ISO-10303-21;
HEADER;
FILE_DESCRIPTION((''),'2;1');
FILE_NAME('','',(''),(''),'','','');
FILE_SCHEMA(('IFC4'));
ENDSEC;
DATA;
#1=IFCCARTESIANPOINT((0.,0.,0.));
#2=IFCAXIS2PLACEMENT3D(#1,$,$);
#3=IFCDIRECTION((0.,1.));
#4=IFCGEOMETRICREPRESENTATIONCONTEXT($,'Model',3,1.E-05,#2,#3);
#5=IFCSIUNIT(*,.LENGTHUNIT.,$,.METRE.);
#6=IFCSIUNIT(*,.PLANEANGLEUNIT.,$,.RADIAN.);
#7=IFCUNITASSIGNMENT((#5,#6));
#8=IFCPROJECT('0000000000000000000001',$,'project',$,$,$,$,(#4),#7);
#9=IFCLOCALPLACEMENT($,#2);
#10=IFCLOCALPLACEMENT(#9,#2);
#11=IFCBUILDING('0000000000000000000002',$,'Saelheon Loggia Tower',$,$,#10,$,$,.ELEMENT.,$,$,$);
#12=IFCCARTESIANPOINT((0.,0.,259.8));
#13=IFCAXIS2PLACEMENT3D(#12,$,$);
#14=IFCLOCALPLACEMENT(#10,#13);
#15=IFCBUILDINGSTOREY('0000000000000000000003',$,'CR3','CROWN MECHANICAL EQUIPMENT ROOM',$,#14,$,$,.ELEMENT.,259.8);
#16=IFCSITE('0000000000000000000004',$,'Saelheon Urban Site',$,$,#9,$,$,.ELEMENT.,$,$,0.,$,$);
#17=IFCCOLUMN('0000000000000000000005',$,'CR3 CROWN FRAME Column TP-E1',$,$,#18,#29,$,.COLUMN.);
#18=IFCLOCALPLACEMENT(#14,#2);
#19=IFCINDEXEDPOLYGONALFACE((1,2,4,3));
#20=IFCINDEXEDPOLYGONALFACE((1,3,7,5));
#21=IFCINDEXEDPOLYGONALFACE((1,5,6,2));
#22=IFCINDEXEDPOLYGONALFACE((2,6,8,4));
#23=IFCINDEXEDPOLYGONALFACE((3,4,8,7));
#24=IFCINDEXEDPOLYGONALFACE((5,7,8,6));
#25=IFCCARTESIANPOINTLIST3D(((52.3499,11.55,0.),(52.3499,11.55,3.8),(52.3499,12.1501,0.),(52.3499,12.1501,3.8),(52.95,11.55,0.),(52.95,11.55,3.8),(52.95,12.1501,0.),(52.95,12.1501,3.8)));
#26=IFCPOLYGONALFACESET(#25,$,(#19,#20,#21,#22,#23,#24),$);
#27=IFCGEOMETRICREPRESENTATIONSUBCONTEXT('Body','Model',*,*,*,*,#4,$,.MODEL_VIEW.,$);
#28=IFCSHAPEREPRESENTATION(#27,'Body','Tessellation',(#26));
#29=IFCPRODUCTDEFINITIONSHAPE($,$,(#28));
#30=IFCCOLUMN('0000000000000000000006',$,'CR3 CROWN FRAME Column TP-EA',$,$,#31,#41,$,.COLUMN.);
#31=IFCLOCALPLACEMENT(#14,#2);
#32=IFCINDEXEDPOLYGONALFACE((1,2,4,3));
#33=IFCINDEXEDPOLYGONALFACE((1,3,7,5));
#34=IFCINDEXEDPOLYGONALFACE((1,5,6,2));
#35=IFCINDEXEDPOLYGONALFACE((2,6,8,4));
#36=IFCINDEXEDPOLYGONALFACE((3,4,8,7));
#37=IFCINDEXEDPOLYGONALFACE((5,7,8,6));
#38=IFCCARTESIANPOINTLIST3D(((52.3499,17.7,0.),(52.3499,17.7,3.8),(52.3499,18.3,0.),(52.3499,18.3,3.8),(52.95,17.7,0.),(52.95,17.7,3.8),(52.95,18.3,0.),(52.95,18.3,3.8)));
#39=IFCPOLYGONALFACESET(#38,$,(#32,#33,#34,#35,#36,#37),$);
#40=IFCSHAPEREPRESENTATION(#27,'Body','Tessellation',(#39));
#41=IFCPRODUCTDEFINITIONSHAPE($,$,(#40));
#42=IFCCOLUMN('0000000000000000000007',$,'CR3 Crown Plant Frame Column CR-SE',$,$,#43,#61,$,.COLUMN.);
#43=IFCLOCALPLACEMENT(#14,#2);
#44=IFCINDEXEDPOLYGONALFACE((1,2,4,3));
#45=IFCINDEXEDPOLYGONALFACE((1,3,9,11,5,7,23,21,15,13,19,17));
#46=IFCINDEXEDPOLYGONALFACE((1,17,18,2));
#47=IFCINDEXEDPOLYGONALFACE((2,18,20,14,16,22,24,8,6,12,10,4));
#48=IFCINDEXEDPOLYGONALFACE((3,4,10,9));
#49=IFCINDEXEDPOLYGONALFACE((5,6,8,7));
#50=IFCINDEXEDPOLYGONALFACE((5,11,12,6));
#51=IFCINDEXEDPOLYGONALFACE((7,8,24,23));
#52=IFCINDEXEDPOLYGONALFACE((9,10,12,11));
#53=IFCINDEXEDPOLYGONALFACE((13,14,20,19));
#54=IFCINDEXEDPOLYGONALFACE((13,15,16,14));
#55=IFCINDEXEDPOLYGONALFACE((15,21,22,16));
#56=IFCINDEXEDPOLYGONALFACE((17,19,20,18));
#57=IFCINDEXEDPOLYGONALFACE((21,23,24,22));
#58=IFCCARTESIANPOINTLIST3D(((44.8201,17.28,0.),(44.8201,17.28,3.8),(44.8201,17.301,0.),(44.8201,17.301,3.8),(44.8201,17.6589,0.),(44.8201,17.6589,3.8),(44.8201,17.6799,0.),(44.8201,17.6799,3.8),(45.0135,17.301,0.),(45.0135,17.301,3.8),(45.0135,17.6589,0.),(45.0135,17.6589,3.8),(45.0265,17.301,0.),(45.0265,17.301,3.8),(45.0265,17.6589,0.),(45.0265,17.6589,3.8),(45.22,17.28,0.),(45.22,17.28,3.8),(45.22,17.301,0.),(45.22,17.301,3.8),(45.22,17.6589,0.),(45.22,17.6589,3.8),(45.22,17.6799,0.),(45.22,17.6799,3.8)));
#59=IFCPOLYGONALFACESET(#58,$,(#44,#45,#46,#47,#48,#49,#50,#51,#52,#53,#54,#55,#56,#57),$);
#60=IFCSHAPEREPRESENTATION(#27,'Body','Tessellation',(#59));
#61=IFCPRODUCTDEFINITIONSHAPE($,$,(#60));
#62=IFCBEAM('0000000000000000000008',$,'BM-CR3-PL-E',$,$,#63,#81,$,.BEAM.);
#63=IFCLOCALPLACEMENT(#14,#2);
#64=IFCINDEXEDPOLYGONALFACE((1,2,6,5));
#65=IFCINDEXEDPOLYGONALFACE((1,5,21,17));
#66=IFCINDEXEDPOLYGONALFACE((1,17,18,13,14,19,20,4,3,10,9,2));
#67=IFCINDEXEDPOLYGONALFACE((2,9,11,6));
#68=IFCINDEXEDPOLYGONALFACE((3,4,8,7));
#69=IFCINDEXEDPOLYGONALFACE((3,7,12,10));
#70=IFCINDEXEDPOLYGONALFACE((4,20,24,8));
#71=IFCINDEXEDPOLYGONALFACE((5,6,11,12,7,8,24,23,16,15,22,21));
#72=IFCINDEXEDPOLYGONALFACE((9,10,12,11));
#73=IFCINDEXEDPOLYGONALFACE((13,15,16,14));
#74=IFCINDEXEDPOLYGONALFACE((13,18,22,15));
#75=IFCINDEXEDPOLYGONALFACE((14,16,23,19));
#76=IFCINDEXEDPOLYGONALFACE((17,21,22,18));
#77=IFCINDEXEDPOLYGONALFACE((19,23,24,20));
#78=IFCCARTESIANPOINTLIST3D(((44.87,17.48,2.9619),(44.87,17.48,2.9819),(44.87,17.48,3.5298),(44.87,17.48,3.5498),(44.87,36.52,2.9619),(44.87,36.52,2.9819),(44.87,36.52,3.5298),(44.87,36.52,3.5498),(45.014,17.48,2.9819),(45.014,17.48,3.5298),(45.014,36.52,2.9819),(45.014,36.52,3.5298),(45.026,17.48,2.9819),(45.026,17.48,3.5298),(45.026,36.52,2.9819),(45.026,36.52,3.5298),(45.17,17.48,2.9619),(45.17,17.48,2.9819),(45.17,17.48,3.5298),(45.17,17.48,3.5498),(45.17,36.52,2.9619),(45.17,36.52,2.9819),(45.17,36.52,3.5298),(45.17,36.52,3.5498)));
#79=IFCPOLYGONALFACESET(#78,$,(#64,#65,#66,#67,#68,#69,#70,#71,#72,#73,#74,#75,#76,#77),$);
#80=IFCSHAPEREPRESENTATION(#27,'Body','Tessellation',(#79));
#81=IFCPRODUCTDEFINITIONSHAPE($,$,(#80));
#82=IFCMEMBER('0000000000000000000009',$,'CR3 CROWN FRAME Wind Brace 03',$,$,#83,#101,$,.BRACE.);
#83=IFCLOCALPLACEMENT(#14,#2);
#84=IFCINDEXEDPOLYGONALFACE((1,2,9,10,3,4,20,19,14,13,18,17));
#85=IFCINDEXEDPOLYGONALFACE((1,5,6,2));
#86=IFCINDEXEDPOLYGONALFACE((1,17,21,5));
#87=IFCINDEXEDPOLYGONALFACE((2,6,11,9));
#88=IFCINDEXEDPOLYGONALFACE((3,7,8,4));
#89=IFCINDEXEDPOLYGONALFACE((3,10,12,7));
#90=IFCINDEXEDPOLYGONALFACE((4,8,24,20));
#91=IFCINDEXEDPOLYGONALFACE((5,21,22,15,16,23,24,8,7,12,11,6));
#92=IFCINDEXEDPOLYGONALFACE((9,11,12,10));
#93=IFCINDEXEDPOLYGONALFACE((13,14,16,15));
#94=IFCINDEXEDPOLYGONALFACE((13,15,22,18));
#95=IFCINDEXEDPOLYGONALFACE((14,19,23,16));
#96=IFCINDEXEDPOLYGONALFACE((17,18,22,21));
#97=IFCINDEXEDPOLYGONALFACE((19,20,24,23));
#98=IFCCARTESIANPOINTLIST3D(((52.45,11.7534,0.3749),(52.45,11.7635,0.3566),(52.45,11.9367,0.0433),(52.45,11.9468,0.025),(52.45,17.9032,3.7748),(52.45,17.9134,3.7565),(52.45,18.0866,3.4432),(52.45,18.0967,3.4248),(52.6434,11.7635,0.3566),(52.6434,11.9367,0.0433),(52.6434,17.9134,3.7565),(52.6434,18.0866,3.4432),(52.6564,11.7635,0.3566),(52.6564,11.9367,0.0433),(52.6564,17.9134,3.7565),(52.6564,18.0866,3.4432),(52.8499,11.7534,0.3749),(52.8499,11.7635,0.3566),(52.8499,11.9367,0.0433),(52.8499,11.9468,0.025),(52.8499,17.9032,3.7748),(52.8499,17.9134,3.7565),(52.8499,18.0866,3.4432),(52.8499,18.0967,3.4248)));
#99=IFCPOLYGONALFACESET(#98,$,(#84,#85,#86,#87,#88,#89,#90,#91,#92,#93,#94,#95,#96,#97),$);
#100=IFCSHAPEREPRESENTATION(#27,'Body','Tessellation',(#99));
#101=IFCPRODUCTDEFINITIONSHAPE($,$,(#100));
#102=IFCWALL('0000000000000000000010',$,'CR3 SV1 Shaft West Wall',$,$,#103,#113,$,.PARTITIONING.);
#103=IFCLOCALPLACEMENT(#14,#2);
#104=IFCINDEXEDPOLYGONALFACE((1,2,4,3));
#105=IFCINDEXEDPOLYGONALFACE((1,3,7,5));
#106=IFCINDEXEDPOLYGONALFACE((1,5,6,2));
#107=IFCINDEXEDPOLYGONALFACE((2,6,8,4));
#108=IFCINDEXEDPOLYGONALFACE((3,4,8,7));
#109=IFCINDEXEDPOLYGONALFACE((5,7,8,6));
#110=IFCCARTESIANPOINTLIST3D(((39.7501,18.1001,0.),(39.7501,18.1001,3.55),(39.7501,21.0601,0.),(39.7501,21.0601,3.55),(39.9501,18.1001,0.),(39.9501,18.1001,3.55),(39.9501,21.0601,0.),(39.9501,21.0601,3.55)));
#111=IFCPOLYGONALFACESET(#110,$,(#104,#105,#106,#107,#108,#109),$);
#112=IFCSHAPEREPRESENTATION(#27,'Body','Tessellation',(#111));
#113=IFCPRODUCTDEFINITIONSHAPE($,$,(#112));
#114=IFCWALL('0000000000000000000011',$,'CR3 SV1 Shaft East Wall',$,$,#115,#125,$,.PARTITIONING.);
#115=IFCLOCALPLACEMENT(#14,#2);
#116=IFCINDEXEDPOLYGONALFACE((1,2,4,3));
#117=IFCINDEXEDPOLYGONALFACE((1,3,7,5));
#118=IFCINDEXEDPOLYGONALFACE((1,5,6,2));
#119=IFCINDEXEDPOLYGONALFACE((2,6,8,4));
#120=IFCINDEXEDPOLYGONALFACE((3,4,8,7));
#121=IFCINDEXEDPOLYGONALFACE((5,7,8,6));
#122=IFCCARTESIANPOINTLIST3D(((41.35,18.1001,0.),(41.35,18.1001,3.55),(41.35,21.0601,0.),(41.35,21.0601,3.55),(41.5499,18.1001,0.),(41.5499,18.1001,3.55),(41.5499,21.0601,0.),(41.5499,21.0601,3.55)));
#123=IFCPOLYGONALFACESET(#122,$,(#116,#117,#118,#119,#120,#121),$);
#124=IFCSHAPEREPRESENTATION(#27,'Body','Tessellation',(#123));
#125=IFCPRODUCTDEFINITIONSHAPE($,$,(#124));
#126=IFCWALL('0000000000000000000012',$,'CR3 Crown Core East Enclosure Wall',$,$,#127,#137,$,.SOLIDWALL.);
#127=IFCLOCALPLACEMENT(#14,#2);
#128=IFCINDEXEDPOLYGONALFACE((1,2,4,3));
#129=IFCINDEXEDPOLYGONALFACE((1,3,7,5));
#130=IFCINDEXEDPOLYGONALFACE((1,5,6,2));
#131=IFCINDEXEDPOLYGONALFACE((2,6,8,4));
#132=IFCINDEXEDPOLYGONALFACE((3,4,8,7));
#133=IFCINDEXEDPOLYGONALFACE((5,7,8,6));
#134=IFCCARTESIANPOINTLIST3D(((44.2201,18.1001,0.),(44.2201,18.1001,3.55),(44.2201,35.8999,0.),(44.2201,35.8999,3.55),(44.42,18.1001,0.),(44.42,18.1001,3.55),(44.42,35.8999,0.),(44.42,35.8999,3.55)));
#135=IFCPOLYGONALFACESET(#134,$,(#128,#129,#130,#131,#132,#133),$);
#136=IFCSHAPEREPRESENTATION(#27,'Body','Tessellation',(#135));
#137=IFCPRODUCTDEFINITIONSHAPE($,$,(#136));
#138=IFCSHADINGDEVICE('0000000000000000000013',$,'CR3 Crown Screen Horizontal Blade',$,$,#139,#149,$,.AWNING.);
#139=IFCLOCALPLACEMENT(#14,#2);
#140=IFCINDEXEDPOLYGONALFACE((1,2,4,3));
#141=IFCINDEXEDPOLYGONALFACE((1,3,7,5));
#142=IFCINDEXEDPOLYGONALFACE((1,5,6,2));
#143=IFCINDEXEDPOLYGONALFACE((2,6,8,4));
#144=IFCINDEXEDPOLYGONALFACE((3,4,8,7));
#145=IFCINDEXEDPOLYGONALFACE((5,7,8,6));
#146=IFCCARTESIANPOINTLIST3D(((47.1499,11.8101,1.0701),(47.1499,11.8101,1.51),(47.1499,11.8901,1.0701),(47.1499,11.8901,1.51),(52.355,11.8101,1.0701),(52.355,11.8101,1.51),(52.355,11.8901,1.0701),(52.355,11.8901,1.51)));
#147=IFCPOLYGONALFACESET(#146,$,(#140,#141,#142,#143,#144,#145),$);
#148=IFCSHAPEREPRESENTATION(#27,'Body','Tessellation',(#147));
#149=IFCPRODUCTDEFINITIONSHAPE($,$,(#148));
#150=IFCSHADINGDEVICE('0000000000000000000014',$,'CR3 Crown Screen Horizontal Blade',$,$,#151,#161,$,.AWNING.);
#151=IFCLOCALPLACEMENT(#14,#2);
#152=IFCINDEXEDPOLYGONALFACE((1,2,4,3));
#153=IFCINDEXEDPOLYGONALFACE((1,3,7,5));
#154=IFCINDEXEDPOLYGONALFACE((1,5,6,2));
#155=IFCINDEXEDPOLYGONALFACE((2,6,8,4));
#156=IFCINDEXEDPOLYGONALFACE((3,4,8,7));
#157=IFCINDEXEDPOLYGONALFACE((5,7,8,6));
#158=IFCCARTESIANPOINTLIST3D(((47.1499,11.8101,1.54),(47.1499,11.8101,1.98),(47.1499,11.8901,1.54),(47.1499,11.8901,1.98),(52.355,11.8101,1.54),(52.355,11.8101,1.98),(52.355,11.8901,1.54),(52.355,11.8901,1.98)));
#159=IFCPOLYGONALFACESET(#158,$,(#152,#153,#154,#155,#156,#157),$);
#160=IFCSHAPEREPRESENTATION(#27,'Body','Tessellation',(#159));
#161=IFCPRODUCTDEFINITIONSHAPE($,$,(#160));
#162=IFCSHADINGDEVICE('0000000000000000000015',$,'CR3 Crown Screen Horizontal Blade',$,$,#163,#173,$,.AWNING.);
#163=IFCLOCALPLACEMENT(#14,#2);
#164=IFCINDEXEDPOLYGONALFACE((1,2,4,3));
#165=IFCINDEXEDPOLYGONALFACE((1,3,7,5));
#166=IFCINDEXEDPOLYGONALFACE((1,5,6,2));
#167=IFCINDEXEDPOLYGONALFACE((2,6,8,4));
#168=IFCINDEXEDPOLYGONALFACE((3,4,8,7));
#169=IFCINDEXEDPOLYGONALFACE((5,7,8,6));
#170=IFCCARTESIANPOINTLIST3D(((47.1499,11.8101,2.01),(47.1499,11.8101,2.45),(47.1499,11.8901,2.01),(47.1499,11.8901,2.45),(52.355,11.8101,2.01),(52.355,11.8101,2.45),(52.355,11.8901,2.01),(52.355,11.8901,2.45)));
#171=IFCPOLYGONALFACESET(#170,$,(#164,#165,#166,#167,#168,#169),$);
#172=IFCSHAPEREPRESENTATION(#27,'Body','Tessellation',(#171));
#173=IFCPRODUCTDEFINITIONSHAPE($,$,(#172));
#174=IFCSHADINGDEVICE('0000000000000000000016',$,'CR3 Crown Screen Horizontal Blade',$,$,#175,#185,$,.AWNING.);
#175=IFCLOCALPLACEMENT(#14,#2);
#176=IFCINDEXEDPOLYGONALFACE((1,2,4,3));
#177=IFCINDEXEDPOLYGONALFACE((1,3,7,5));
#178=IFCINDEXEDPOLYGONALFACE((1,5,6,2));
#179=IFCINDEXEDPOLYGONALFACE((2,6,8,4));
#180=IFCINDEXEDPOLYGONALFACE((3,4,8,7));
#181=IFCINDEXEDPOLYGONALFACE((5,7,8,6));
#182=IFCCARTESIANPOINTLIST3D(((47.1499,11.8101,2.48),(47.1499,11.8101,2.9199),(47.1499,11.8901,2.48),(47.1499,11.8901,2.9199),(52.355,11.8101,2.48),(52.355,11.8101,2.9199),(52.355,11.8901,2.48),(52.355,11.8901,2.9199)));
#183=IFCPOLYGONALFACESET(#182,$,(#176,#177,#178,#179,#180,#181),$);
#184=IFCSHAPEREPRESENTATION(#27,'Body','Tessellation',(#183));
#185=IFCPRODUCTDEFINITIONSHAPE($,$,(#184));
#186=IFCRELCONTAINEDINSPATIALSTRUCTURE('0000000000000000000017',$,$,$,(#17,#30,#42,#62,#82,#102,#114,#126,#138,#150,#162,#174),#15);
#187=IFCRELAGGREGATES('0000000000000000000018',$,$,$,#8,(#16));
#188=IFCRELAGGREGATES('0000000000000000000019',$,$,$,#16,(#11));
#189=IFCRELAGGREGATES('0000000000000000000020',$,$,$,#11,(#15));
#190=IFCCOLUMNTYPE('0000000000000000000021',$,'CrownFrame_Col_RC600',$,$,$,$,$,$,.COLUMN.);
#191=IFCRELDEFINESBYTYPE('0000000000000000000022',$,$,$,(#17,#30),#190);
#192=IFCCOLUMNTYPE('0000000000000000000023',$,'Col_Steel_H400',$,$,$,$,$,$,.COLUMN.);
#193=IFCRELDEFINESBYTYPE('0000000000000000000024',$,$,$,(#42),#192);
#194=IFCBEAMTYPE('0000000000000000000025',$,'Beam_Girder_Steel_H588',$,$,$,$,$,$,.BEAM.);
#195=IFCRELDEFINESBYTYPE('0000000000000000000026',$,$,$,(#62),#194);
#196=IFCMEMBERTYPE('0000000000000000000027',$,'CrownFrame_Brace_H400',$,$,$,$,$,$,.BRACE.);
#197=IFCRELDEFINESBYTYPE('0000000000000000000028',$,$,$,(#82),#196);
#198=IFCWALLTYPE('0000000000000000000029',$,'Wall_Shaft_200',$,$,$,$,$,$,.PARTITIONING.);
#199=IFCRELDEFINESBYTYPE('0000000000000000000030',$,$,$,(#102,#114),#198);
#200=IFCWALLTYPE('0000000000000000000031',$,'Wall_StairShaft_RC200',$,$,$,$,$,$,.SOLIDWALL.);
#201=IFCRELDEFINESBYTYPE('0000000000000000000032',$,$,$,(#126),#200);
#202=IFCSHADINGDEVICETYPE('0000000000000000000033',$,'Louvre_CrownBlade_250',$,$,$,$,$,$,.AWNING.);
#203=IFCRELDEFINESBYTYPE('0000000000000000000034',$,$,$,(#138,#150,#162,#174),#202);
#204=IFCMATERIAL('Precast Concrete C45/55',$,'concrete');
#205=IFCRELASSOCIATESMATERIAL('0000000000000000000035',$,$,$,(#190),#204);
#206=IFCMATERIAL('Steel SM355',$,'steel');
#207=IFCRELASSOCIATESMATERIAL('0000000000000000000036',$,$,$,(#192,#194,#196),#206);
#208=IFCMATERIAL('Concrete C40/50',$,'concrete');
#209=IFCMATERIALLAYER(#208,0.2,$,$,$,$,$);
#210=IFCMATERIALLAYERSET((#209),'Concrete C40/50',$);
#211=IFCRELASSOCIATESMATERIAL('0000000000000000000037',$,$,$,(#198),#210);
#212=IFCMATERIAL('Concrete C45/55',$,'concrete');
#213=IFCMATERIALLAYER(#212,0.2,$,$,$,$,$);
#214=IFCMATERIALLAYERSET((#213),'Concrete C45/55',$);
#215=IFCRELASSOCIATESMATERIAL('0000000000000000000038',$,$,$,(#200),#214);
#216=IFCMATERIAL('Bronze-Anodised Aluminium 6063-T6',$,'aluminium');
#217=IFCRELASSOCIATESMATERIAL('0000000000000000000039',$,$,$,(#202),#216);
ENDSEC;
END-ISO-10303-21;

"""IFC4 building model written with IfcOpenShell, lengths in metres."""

from ifc_helpers import new_model, si_unit, direction, frame, frame_2d, origin, origin_2d, place, context, subcontext, project, spatial, rectangle, i_section, extrude, source, transform, mapped, material, layer, layer_set, material_profile, profile_set, type_object, element, save


model = new_model("IFC4")

# Units and contexts
model_context = context("Model", 3, precision=1e-05, world=origin(), true_north=direction((0.0, 1.0)))
body_context = subcontext(model_context, "Body", "Model", "MODEL_VIEW")
ifc_project = project(units=[si_unit("LENGTHUNIT", "METRE"), si_unit("PLANEANGLEUNIT", "RADIAN")], contexts=[model_context])

# Site, building, storey
site_placement = place(None, origin())
site = spatial("IfcSite", under=ifc_project, at=site_placement, Name="Saelheon Urban Site", CompositionType="ELEMENT", RefElevation=0.0)
building_placement = place(site_placement, origin())
building = spatial("IfcBuilding", under=site, at=building_placement, Name="Saelheon Loggia Tower", CompositionType="ELEMENT")
storey_placement = place(building_placement, frame((0.0, 0.0, 259.8)))
storey = spatial("IfcBuildingStorey", under=building, at=storey_placement, Name="CR3", Description="CROWN MECHANICAL EQUIPMENT ROOM", CompositionType="ELEMENT", Elevation=259.8)

# Columns
ifc_material_1 = material(Name="Precast Concrete C45/55", Category="concrete")
ifc_material_profile_1 = material_profile(ifc_material_1, rectangle(XDim=0.6001, YDim=0.6001, at=origin_2d()), Name="RC-600x600")
ifc_profile_set_1 = profile_set([ifc_material_profile_1], Name="Precast Concrete C45/55")
column_type_1 = type_object("IfcColumnType", Name="CrownFrame_Col_RC600", PredefinedType="COLUMN", material=ifc_profile_set_1)
shared_shape_1 = source(origin(), body_context, "Body", "SweptSolid", [
    extrude(rectangle(XDim=0.6001, YDim=0.6001, at=origin_2d()), origin(), (0.0, 0.0, 1.0), 3.8),
])
for number, where, z_axis, x_axis, name in (
    (1, (52.6499, 11.8501, 0.0), (0.0, 0.0, 1.0), (1.0, 0.0, 0.0), "CR3 CROWN FRAME Column TP-E1"),
    (2, (52.6499, 18.0, 0.0), (0.0, 0.0, 1.0), (1.0, 0.0, 0.0), "CR3 CROWN FRAME Column TP-EA"),
):
    element("IfcColumn", number, at=place(storey_placement, frame(where, z_axis=z_axis, x_axis=x_axis)), inside=storey, type_object=column_type_1, Name=name, PredefinedType="COLUMN", context=body_context, shape_type="MappedRepresentation", body=[
        mapped(shared_shape_1, transform((0.0, 0.0, 0.0), scale=1.0)),
    ])
ifc_material_2 = material(Name="Steel SM355", Category="steel")
ifc_material_profile_2 = material_profile(ifc_material_2, i_section(OverallWidth=0.3999, OverallDepth=0.3999, WebThickness=0.0129, FlangeThickness=0.021, at=origin_2d()), Name="H-400x400x13x21")
ifc_profile_set_2 = profile_set([ifc_material_profile_2], Name="Steel SM355")
column_type_2 = type_object("IfcColumnType", Name="Col_Steel_H400", PredefinedType="COLUMN", material=ifc_profile_set_2)
shared_shape_2 = source(origin(), body_context, "Body", "SweptSolid", [
    extrude(i_section(OverallWidth=0.3999, OverallDepth=0.3999, WebThickness=0.0129, FlangeThickness=0.021, at=origin_2d()), origin(), (0.0, 0.0, 1.0), 3.8),
])
column_placement = place(storey_placement, frame((45.02, 17.48, 0.0), z_axis=(0.0, 0.0, 1.0), x_axis=(1.0, 0.0, 0.0)))
element("IfcColumn", 3, at=column_placement, inside=storey, type_object=column_type_2, Name="CR3 Crown Plant Frame Column CR-SE", PredefinedType="COLUMN", context=body_context, shape_type="MappedRepresentation", body=[
    mapped(shared_shape_2, transform((0.0, 0.0, 0.0), scale=1.0)),
])

# Beam
ifc_material_profile_3 = material_profile(ifc_material_2, i_section(OverallWidth=0.3, OverallDepth=0.5879, WebThickness=0.012, FlangeThickness=0.02, at=origin_2d()), Name="H-588x300x12x20")
ifc_profile_set_3 = profile_set([ifc_material_profile_3], Name="Steel SM355")
beam_type = type_object("IfcBeamType", Name="Beam_Girder_Steel_H588", PredefinedType="BEAM", material=ifc_profile_set_3)
shared_shape_3 = source(origin(), body_context, "Body", "SweptSolid", [
    extrude(i_section(OverallWidth=0.3, OverallDepth=0.5879, WebThickness=0.012, FlangeThickness=0.02, at=origin_2d()), origin(), (0.0, 0.0, 1.0), 19.04),
])
beam_placement = place(storey_placement, frame((45.02, 17.48, 3.2559), z_axis=(0.0, 1.0, 0.0), x_axis=(-1.0, 0.0, 0.0)))
element("IfcBeam", 4, at=beam_placement, inside=storey, type_object=beam_type, Name="BM-CR3-PL-E", PredefinedType="BEAM", context=body_context, shape_type="MappedRepresentation", body=[
    mapped(shared_shape_3, transform((0.0, 0.0, 0.0), scale=1.0)),
])

# Member
ifc_material_profile_4 = material_profile(ifc_material_2, i_section(OverallWidth=0.3999, OverallDepth=0.3999, WebThickness=0.0129, FlangeThickness=0.021, at=origin_2d()), Name="H-400x400x13x21")
ifc_profile_set_4 = profile_set([ifc_material_profile_4], Name="Steel SM355")
member_type = type_object("IfcMemberType", Name="CrownFrame_Brace_H400", PredefinedType="BRACE", material=ifc_profile_set_4)
shared_shape_4 = source(origin(), body_context, "Body", "SweptSolid", [
    extrude(i_section(OverallWidth=0.3999, OverallDepth=0.3999, WebThickness=0.0129, FlangeThickness=0.021, at=origin_2d()), origin(), (0.0, 0.0, 1.0), 7.0271),
])
member_placement = place(storey_placement, frame((52.6499, 11.8501, 0.2), z_axis=(0.0, 0.875165, 0.483825), x_axis=(-1.0, 0.0, 0.0)))
element("IfcMember", 5, at=member_placement, inside=storey, type_object=member_type, Name="CR3 CROWN FRAME Wind Brace 03", PredefinedType="BRACE", context=body_context, shape_type="MappedRepresentation", body=[
    mapped(shared_shape_4, transform((0.0, 0.0, 0.0), scale=1.0)),
])

# Walls
ifc_material_3 = material(Name="Concrete C40/50", Category="concrete")
ifc_layer_1 = layer(ifc_material_3, 0.2)
ifc_layer_set_1 = layer_set([ifc_layer_1], Name="Concrete C40/50")
wall_type_1 = type_object("IfcWallType", Name="Wall_Shaft_200", PredefinedType="PARTITIONING", material=ifc_layer_set_1)
for number, where, z_axis, x_axis, name in (
    (6, (39.8501, 18.1001, 0.0), (0.0, 0.0, 1.0), (0.0, 1.0, 0.0), "CR3 SV1 Shaft West Wall"),
    (7, (41.45, 18.1001, 0.0), (0.0, 0.0, 1.0), (0.0, 1.0, 0.0), "CR3 SV1 Shaft East Wall"),
):
    element("IfcWall", number, at=place(storey_placement, frame(where, z_axis=z_axis, x_axis=x_axis)), inside=storey, type_object=wall_type_1, Name=name, PredefinedType="PARTITIONING", context=body_context, shape_type="SweptSolid", body=[
        extrude(rectangle(XDim=2.96, YDim=0.2, at=frame_2d((1.48, 0.0))), origin(), (0.0, 0.0, 1.0), 3.55),
    ])
ifc_material_4 = material(Name="Concrete C45/55", Category="concrete")
ifc_layer_2 = layer(ifc_material_4, 0.2)
ifc_layer_set_2 = layer_set([ifc_layer_2], Name="Concrete C45/55")
wall_type_2 = type_object("IfcWallType", Name="Wall_StairShaft_RC200", PredefinedType="SOLIDWALL", material=ifc_layer_set_2)
wall_placement = place(storey_placement, frame((44.3201, 18.1001, 0.0), z_axis=(0.0, 0.0, 1.0), x_axis=(0.0, 1.0, 0.0)))
element("IfcWall", 8, at=wall_placement, inside=storey, type_object=wall_type_2, Name="CR3 Crown Core East Enclosure Wall", PredefinedType="SOLIDWALL", context=body_context, shape_type="SweptSolid", body=[
    extrude(rectangle(XDim=17.7998, YDim=0.2, at=frame_2d((8.8999, 0.0))), origin(), (0.0, 0.0, 1.0), 3.55),
])

# Shading devices
ifc_material_5 = material(Name="Bronze-Anodised Aluminium 6063-T6", Category="aluminium")
ifc_material_profile_5 = material_profile(ifc_material_5, rectangle(XDim=0.0801, YDim=0.4399, at=origin_2d()), Name="Louvre_CrownBlade_250")
ifc_profile_set_5 = profile_set([ifc_material_profile_5], Name="Bronze-Anodised Aluminium 6063-T6")
shading_device_type = type_object("IfcShadingDeviceType", Name="Louvre_CrownBlade_250", PredefinedType="AWNING", material=ifc_profile_set_5)
shared_shape_5 = source(origin(), body_context, "Body", "SweptSolid", [
    extrude(rectangle(XDim=0.0801, YDim=0.4399, at=origin_2d()), origin(), (0.0, 0.0, 1.0), 5.2051),
])
for number, where, z_axis, x_axis, name in (
    (9, (47.1499, 11.8501, 1.29), (1.0, 0.0, 0.0), (0.0, 1.0, 0.0), "CR3 Crown Screen Horizontal Blade"),
    (10, (47.1499, 11.8501, 1.76), (1.0, 0.0, 0.0), (0.0, 1.0, 0.0), "CR3 Crown Screen Horizontal Blade"),
    (11, (47.1499, 11.8501, 2.23), (1.0, 0.0, 0.0), (0.0, 1.0, 0.0), "CR3 Crown Screen Horizontal Blade"),
    (12, (47.1499, 11.8501, 2.7), (1.0, 0.0, 0.0), (0.0, 1.0, 0.0), "CR3 Crown Screen Horizontal Blade"),
):
    element("IfcShadingDevice", number, at=place(storey_placement, frame(where, z_axis=z_axis, x_axis=x_axis)), inside=storey, type_object=shading_device_type, Name=name, PredefinedType="AWNING", context=body_context, shape_type="MappedRepresentation", body=[
        mapped(shared_shape_5, transform((0.0, 0.0, 0.0), scale=1.0)),
    ])

save(model, "model.ifc")
